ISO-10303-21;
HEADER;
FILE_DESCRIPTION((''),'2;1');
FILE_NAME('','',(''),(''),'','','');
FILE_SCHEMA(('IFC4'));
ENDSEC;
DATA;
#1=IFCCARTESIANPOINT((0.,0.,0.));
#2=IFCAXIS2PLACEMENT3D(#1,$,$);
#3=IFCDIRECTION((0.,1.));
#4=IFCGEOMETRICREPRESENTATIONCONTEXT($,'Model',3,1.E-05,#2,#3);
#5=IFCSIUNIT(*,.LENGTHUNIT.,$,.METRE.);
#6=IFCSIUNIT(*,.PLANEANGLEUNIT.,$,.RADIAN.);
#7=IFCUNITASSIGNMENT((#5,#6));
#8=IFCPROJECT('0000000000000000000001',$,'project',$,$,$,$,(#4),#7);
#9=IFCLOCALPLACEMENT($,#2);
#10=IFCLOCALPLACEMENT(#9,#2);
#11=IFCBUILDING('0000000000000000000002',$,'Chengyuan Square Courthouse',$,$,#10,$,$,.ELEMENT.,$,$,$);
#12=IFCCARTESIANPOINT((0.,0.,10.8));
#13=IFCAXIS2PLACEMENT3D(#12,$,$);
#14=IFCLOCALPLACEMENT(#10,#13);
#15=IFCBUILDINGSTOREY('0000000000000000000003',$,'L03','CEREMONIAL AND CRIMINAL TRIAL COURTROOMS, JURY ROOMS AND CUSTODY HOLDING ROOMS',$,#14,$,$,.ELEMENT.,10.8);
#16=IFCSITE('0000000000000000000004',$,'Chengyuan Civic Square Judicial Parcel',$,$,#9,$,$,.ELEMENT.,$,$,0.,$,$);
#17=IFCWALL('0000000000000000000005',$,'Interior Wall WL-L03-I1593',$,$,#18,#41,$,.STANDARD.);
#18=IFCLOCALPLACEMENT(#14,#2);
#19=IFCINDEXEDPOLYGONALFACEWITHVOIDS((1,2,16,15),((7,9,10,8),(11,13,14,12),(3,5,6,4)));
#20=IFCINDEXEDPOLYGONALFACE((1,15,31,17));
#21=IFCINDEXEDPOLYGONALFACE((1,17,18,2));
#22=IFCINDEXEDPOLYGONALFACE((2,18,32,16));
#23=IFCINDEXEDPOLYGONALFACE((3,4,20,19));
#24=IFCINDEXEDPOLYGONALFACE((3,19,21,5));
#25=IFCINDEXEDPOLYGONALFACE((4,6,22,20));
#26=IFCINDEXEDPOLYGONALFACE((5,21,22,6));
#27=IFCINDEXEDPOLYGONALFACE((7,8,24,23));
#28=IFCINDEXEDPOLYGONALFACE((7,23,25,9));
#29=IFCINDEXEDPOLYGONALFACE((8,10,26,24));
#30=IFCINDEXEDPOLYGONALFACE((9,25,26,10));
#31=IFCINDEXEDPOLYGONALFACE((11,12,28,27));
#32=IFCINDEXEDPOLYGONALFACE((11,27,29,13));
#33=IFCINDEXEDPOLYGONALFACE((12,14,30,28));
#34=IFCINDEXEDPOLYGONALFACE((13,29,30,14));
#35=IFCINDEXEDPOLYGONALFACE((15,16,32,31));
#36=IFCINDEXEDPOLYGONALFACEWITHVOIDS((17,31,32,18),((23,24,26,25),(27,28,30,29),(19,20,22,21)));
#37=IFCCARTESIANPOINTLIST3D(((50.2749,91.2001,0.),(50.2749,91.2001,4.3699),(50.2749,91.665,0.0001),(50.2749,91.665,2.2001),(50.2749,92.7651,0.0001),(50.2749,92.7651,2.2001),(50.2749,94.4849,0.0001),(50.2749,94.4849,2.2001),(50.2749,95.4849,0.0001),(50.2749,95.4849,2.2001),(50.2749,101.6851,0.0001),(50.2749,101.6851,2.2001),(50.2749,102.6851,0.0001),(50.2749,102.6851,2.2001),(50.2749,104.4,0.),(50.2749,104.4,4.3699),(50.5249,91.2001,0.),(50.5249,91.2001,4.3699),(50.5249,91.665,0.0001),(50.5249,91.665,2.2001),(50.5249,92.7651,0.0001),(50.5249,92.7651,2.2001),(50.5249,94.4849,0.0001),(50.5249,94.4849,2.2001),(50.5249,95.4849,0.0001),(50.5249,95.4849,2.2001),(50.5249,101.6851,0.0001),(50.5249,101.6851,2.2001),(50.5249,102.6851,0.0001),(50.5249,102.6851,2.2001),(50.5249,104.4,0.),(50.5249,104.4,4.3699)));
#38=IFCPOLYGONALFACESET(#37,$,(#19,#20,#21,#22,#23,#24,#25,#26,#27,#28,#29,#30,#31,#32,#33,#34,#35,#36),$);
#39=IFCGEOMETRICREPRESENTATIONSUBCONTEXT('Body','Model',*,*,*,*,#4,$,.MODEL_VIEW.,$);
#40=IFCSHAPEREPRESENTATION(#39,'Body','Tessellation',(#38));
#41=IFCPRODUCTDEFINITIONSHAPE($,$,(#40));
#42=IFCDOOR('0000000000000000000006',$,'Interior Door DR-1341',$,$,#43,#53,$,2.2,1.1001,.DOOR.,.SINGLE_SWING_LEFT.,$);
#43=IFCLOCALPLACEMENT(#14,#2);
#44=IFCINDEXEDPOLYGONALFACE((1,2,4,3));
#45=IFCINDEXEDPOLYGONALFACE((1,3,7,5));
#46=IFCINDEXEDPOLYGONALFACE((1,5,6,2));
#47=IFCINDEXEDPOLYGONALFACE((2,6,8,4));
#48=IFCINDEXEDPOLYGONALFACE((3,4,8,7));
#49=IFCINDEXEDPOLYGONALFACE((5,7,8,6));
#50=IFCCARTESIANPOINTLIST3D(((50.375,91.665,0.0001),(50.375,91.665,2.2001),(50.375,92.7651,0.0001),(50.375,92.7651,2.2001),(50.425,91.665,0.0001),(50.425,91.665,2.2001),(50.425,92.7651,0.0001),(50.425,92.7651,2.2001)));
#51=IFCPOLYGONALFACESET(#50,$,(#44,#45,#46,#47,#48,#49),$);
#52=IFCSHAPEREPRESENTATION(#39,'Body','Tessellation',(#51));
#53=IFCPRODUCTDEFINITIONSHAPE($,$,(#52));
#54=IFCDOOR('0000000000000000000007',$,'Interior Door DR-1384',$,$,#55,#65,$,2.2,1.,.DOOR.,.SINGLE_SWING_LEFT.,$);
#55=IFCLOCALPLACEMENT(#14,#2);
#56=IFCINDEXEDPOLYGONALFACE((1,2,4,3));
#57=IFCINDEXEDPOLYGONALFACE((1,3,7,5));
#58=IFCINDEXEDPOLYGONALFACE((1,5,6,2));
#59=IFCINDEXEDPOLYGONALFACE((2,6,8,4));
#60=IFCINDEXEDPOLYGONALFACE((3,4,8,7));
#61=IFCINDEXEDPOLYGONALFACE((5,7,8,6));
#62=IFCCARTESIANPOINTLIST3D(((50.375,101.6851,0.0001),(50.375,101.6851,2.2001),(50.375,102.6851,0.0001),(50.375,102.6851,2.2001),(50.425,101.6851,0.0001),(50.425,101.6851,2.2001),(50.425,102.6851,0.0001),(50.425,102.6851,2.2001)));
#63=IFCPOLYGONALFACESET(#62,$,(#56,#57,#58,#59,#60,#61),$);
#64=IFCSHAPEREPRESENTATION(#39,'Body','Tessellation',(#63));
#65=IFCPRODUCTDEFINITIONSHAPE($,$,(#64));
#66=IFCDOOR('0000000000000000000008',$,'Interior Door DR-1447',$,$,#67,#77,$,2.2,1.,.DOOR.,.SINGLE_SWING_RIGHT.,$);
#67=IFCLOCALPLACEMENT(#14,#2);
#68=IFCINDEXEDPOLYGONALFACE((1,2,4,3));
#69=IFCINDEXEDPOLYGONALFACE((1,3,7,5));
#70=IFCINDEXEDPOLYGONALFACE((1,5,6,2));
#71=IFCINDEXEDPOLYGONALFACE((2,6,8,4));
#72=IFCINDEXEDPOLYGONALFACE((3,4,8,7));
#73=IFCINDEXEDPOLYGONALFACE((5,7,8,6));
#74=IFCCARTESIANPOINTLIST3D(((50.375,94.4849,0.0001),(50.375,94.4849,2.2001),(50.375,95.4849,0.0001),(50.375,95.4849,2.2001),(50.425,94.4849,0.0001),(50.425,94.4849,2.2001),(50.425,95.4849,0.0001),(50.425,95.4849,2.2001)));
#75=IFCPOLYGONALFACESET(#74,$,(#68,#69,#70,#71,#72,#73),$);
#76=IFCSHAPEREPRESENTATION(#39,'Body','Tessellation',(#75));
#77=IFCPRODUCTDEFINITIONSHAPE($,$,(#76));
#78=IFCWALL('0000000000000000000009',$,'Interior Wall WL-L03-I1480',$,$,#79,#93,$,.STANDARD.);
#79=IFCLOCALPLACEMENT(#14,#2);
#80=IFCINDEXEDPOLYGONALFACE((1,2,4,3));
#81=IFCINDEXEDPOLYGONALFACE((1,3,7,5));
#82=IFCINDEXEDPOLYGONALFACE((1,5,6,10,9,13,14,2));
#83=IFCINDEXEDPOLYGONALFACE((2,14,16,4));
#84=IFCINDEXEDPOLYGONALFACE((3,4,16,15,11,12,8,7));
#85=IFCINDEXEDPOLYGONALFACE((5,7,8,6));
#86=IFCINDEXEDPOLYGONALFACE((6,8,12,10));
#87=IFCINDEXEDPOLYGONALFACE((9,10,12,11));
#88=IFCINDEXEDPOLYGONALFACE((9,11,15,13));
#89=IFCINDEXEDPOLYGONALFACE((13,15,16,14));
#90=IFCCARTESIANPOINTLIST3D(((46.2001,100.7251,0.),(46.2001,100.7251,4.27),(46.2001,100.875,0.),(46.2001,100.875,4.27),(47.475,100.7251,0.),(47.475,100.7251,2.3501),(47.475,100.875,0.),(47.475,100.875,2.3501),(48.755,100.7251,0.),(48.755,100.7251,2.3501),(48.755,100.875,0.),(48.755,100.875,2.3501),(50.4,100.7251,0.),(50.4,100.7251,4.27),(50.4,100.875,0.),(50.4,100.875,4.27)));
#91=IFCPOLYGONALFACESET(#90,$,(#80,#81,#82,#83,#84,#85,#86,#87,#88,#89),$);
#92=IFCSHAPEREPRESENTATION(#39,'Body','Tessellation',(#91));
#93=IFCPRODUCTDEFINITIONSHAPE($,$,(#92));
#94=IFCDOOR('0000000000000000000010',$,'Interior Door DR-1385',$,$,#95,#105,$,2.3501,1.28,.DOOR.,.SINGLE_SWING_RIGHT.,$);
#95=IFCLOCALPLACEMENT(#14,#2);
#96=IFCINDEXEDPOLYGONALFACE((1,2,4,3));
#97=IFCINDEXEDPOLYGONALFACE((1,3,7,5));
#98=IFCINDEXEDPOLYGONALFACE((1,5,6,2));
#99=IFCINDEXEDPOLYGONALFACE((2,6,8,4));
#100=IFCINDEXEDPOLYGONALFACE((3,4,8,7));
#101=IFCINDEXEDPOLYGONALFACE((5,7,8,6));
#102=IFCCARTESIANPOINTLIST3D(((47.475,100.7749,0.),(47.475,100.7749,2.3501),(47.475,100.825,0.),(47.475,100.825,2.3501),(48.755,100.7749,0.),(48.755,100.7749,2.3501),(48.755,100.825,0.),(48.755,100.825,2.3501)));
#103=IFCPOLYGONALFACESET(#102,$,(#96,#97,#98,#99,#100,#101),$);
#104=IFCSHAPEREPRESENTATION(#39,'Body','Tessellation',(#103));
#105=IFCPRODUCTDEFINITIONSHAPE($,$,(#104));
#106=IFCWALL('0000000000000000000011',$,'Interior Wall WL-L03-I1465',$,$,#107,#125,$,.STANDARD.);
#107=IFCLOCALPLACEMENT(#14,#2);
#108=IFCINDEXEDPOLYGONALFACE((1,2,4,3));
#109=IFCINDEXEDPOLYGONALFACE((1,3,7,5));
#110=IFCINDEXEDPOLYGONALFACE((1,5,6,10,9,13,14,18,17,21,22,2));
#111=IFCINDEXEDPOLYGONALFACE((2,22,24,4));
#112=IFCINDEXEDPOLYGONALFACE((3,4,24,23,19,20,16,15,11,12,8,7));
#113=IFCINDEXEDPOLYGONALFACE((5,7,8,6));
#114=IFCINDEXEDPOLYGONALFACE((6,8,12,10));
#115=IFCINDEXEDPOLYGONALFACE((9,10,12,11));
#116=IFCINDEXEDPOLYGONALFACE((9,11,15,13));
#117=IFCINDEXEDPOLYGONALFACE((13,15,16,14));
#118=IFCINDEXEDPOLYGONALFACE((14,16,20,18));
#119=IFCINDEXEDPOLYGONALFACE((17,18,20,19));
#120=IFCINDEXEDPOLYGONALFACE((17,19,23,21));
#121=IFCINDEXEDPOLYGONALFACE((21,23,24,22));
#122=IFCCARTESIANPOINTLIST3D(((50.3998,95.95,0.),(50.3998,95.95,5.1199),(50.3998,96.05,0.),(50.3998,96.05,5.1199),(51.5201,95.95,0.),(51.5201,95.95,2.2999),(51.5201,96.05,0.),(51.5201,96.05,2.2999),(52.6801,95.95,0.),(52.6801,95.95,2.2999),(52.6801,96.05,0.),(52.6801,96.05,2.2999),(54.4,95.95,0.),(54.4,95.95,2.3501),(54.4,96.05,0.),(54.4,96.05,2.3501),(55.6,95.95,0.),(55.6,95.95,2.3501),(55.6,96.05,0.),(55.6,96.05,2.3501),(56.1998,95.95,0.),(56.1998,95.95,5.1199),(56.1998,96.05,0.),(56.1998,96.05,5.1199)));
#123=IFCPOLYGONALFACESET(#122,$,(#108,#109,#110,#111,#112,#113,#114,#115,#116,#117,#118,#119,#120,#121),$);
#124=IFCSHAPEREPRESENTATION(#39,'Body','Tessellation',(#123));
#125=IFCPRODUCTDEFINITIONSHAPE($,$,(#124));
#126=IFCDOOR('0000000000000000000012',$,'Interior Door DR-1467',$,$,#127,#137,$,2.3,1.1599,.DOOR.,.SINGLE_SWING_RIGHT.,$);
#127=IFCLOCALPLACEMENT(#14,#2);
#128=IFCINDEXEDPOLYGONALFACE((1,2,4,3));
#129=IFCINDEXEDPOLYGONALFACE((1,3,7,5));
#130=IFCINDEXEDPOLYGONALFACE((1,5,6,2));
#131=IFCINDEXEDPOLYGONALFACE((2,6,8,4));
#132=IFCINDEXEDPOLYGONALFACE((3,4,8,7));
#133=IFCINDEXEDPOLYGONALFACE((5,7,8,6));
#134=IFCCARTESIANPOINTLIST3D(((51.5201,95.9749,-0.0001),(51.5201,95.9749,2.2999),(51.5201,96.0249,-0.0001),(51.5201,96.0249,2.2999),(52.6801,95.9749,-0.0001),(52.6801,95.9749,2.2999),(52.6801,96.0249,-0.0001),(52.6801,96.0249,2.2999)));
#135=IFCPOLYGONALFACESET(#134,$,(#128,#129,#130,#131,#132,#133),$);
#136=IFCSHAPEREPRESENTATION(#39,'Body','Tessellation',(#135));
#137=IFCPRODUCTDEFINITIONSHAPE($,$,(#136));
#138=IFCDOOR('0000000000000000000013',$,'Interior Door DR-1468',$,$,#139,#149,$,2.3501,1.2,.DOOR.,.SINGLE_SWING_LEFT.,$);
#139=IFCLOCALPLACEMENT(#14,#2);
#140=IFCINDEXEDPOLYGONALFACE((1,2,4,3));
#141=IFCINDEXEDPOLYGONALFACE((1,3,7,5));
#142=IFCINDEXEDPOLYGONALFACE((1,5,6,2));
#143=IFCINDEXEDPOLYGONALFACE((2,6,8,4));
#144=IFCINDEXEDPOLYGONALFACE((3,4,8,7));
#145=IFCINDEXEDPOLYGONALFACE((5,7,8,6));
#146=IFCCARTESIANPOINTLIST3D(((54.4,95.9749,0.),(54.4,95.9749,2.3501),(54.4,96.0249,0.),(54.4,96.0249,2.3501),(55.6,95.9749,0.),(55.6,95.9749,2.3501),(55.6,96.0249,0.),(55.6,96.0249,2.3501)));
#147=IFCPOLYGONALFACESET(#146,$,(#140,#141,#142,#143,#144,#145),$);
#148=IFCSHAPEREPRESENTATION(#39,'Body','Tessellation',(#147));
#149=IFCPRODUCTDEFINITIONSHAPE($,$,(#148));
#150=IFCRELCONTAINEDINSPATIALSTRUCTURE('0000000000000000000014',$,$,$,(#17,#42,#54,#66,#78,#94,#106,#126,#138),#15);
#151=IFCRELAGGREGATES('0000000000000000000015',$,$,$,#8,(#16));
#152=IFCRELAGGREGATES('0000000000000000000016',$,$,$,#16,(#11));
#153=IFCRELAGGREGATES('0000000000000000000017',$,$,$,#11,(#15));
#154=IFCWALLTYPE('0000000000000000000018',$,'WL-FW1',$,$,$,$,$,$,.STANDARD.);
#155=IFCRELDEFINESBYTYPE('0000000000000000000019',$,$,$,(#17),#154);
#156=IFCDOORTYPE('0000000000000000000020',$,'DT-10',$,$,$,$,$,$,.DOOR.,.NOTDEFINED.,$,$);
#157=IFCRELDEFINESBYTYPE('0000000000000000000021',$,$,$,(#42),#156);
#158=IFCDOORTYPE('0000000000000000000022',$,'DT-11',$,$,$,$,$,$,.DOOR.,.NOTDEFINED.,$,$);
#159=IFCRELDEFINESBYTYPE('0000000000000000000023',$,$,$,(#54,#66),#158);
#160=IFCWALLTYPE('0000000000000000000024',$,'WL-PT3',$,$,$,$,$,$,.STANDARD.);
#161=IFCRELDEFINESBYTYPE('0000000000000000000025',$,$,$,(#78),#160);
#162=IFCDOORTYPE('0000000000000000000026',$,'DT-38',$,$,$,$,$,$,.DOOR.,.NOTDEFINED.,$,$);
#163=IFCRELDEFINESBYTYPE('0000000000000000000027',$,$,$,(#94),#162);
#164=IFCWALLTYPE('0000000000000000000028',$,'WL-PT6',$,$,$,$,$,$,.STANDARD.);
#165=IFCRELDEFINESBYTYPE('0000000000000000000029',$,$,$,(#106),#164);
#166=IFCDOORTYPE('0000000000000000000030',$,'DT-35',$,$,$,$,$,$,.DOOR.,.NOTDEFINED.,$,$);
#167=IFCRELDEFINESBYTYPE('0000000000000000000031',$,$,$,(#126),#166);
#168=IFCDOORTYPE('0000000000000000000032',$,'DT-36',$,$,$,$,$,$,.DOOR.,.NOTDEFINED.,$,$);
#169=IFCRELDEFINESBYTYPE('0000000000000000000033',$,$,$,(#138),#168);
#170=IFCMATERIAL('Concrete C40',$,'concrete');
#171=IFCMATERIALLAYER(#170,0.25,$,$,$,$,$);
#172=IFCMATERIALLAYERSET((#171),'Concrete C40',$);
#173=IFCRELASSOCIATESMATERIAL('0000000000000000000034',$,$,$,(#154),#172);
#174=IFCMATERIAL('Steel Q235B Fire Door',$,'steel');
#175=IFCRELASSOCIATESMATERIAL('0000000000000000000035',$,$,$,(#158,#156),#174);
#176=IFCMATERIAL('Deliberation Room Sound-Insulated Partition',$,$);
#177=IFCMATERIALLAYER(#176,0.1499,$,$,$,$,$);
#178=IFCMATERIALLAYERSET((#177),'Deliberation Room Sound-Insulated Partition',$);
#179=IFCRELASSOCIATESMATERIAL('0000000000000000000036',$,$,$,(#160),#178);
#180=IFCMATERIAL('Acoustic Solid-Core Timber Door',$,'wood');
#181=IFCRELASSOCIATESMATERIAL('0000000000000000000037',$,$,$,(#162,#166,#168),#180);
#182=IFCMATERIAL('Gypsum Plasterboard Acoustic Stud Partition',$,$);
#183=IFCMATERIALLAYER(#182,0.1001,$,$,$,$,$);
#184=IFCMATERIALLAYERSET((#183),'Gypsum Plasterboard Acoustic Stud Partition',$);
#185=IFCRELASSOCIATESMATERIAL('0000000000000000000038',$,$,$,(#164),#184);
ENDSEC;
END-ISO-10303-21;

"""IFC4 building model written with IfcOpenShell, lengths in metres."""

from ifc_helpers import new_model, si_unit, direction, frame, frame_2d, origin, place, context, subcontext, project, spatial, rectangle, extrude, material, layer, layer_set, type_object, element, fill, save


model = new_model("IFC4")

# Units and contexts
model_context = context("Model", 3, precision=1e-05, world=origin(), true_north=direction((0.0, 1.0)))
body_context = subcontext(model_context, "Body", "Model", "MODEL_VIEW")
ifc_project = project(units=[si_unit("LENGTHUNIT", "METRE"), si_unit("PLANEANGLEUNIT", "RADIAN")], contexts=[model_context])

# Site, building, storey
site_placement = place(None, origin())
site = spatial("IfcSite", under=ifc_project, at=site_placement, Name="Chengyuan Civic Square Judicial Parcel", CompositionType="ELEMENT", RefElevation=0.0)
building_placement = place(site_placement, origin())
building = spatial("IfcBuilding", under=site, at=building_placement, Name="Chengyuan Square Courthouse", CompositionType="ELEMENT")
storey_placement = place(building_placement, frame((0.0, 0.0, 10.8)))
storey = spatial("IfcBuildingStorey", under=building, at=storey_placement, Name="L03", Description="CEREMONIAL AND CRIMINAL TRIAL COURTROOMS, JURY ROOMS AND CUSTODY HOLDING ROOMS", CompositionType="ELEMENT", Elevation=10.8)

# Shared definitions
ifc_material_1 = material(Name="Concrete C40", Category="concrete")

# Shared definitions
ifc_layer_1 = layer(ifc_material_1, 0.25)
ifc_layer_set_1 = layer_set([ifc_layer_1], Name="Concrete C40")
wall_type_1 = type_object("IfcWallType", Name="WL-FW1", PredefinedType="STANDARD", material=ifc_layer_set_1)
ifc_material_2 = material(Name="Steel Q235B Fire Door", Category="steel")
door_type_1 = type_object("IfcDoorType", Name="DT-11", OperationType="NOTDEFINED", PredefinedType="DOOR", material=ifc_material_2)

# Wall, openings, doors
wall_1_placement = place(storey_placement, frame((50.3999, 91.2, 0.0), z_axis=(0.0, 0.0, 1.0), x_axis=(0.0, 1.0, 0.0)))
wall_1 = element("IfcWall", 1, at=wall_1_placement, inside=storey, type_object=wall_type_1, Name="Interior Wall WL-L03-I1593", PredefinedType="STANDARD", context=body_context, shape_type="SweptSolid", body=[
    extrude(rectangle(XDim=13.2, YDim=0.25, at=frame_2d((6.6001, 0.0))), origin(), (0.0, 0.0, 1.0), 4.3699),
])
opening_1_placement = place(wall_1_placement, frame((0.4651, 0.0, 0.0)))
opening_1 = element("IfcOpeningElement", 2, at=opening_1_placement, cuts=wall_1, PredefinedType="OPENING", context=body_context, shape_type="SweptSolid", body=[
    extrude(rectangle(XDim=1.1001, YDim=2.2, at=frame_2d((0.55, 1.1001))), frame((0.0, 0.137, 0.0), z_axis=(0.0, -1.0, 0.0), x_axis=(1.0, 0.0, 0.0)), (0.0, 0.0, 1.0), 0.2739),
])
opening_2_placement = place(wall_1_placement, frame((10.4851, 0.0, 0.0)))
opening_2 = element("IfcOpeningElement", 3, at=opening_2_placement, cuts=wall_1, PredefinedType="OPENING", context=body_context, shape_type="SweptSolid", body=[
    extrude(rectangle(XDim=1.0, YDim=2.2, at=frame_2d((0.5, 1.1001))), frame((0.0, 0.137, 0.0), z_axis=(0.0, -1.0, 0.0), x_axis=(1.0, 0.0, 0.0)), (0.0, 0.0, 1.0), 0.2739),
])
opening_3_placement = place(wall_1_placement, frame((3.2849, 0.0, 0.0)))
opening_3 = element("IfcOpeningElement", 4, at=opening_3_placement, cuts=wall_1, PredefinedType="OPENING", context=body_context, shape_type="SweptSolid", body=[
    extrude(rectangle(XDim=1.0, YDim=2.2, at=frame_2d((0.5, 1.1001))), frame((0.0, 0.137, 0.0), z_axis=(0.0, -1.0, 0.0), x_axis=(1.0, 0.0, 0.0)), (0.0, 0.0, 1.0), 0.2739),
])
door_type_2 = type_object("IfcDoorType", Name="DT-10", OperationType="NOTDEFINED", PredefinedType="DOOR", material=ifc_material_2)
door_1_placement = place(opening_1_placement, origin())
door_1 = element("IfcDoor", 5, at=door_1_placement, inside=storey, type_object=door_type_2, Name="Interior Door DR-1341", OperationType="SINGLE_SWING_LEFT", OverallHeight=2.2, OverallWidth=1.1001, PredefinedType="DOOR", context=body_context, shape_type="SweptSolid", body=[
    extrude(rectangle(XDim=1.1001, YDim=2.2, at=frame_2d((0.55, 1.1001))), frame((0.0, 0.0249, 0.0), z_axis=(0.0, -1.0, 0.0), x_axis=(1.0, 0.0, 0.0)), (0.0, 0.0, 1.0), 0.05),
])
fill(opening_1, door_1)
door_2_placement = place(opening_2_placement, origin())
door_2 = element("IfcDoor", 6, at=door_2_placement, inside=storey, type_object=door_type_1, Name="Interior Door DR-1384", OperationType="SINGLE_SWING_LEFT", OverallHeight=2.2, OverallWidth=1.0, PredefinedType="DOOR", context=body_context, shape_type="SweptSolid", body=[
    extrude(rectangle(XDim=1.0, YDim=2.2, at=frame_2d((0.5, 1.1001))), frame((0.0, 0.0249, 0.0), z_axis=(0.0, -1.0, 0.0), x_axis=(1.0, 0.0, 0.0)), (0.0, 0.0, 1.0), 0.05),
])
fill(opening_2, door_2)
door_3_placement = place(opening_3_placement, origin())
door_3 = element("IfcDoor", 7, at=door_3_placement, inside=storey, type_object=door_type_1, Name="Interior Door DR-1447", OperationType="SINGLE_SWING_RIGHT", OverallHeight=2.2, OverallWidth=1.0, PredefinedType="DOOR", context=body_context, shape_type="SweptSolid", body=[
    extrude(rectangle(XDim=1.0, YDim=2.2, at=frame_2d((0.5, 1.1001))), frame((0.0, 0.0249, 0.0), z_axis=(0.0, -1.0, 0.0), x_axis=(1.0, 0.0, 0.0)), (0.0, 0.0, 1.0), 0.05),
])
fill(opening_3, door_3)

# Wall, opening, door
ifc_material_3 = material(Name="Deliberation Room Sound-Insulated Partition")
ifc_layer_2 = layer(ifc_material_3, 0.1499)
ifc_layer_set_2 = layer_set([ifc_layer_2], Name="Deliberation Room Sound-Insulated Partition")
wall_type_2 = type_object("IfcWallType", Name="WL-PT3", PredefinedType="STANDARD", material=ifc_layer_set_2)
wall_2_placement = place(storey_placement, frame((46.2, 100.8, 0.0), z_axis=(0.0, 0.0, 1.0), x_axis=(1.0, 0.0, 0.0)))
wall_2 = element("IfcWall", 8, at=wall_2_placement, inside=storey, type_object=wall_type_2, Name="Interior Wall WL-L03-I1480", PredefinedType="STANDARD", context=body_context, shape_type="SweptSolid", body=[
    extrude(rectangle(XDim=4.2, YDim=0.1499, at=frame_2d((2.1001, 0.0))), origin(), (0.0, 0.0, 1.0), 4.27),
])
opening_4_placement = place(wall_2_placement, frame((1.2749, 0.0, 0.0)))
opening_4 = element("IfcOpeningElement", 9, at=opening_4_placement, cuts=wall_2, PredefinedType="OPENING", context=body_context, shape_type="SweptSolid", body=[
    extrude(rectangle(XDim=1.28, YDim=2.3501, at=frame_2d((0.6401, 1.175))), frame((0.0, 0.0869, 0.0), z_axis=(0.0, -1.0, 0.0), x_axis=(1.0, 0.0, 0.0)), (0.0, 0.0, 1.0), 0.1738),
])
ifc_material_4 = material(Name="Acoustic Solid-Core Timber Door", Category="wood")
door_type_3 = type_object("IfcDoorType", Name="DT-38", OperationType="NOTDEFINED", PredefinedType="DOOR", material=ifc_material_4)
door_4_placement = place(opening_4_placement, origin())
door_4 = element("IfcDoor", 10, at=door_4_placement, inside=storey, type_object=door_type_3, Name="Interior Door DR-1385", OperationType="SINGLE_SWING_RIGHT", OverallHeight=2.3501, OverallWidth=1.28, PredefinedType="DOOR", context=body_context, shape_type="SweptSolid", body=[
    extrude(rectangle(XDim=1.28, YDim=2.3501, at=frame_2d((0.6401, 1.175))), frame((0.0, 0.0249, 0.0), z_axis=(0.0, -1.0, 0.0), x_axis=(1.0, 0.0, 0.0)), (0.0, 0.0, 1.0), 0.05),
])
fill(opening_4, door_4)

# Wall, openings, doors
ifc_material_5 = material(Name="Gypsum Plasterboard Acoustic Stud Partition")
ifc_layer_3 = layer(ifc_material_5, 0.1001)
ifc_layer_set_3 = layer_set([ifc_layer_3], Name="Gypsum Plasterboard Acoustic Stud Partition")
wall_type_3 = type_object("IfcWallType", Name="WL-PT6", PredefinedType="STANDARD", material=ifc_layer_set_3)
wall_3_placement = place(storey_placement, frame((50.3999, 96.0, 0.0), z_axis=(0.0, 0.0, 1.0), x_axis=(1.0, 0.0, 0.0)))
wall_3 = element("IfcWall", 11, at=wall_3_placement, inside=storey, type_object=wall_type_3, Name="Interior Wall WL-L03-I1465", PredefinedType="STANDARD", context=body_context, shape_type="SweptSolid", body=[
    extrude(rectangle(XDim=5.8, YDim=0.1001, at=frame_2d((2.8999, 0.0))), origin(), (0.0, 0.0, 1.0), 5.1199),
])
opening_5_placement = place(wall_3_placement, frame((1.1201, 0.0, 0.0)))
opening_5 = element("IfcOpeningElement", 12, at=opening_5_placement, cuts=wall_3, PredefinedType="OPENING", context=body_context, shape_type="SweptSolid", body=[
    extrude(rectangle(XDim=1.1599, YDim=2.3, at=frame_2d((0.5801, 1.1499))), frame((0.0, 0.062, 0.0), z_axis=(0.0, -1.0, 0.0), x_axis=(1.0, 0.0, 0.0)), (0.0, 0.0, 1.0), 0.124),
])
opening_6_placement = place(wall_3_placement, frame((4.0, 0.0, 0.0)))
opening_6 = element("IfcOpeningElement", 13, at=opening_6_placement, cuts=wall_3, PredefinedType="OPENING", context=body_context, shape_type="SweptSolid", body=[
    extrude(rectangle(XDim=1.2, YDim=2.3501, at=frame_2d((0.6001, 1.175))), frame((0.0, 0.062, 0.0), z_axis=(0.0, -1.0, 0.0), x_axis=(1.0, 0.0, 0.0)), (0.0, 0.0, 1.0), 0.124),
])
door_type_4 = type_object("IfcDoorType", Name="DT-35", OperationType="NOTDEFINED", PredefinedType="DOOR", material=ifc_material_4)
door_5_placement = place(opening_5_placement, origin())
door_5 = element("IfcDoor", 14, at=door_5_placement, inside=storey, type_object=door_type_4, Name="Interior Door DR-1467", OperationType="SINGLE_SWING_RIGHT", OverallHeight=2.3, OverallWidth=1.1599, PredefinedType="DOOR", context=body_context, shape_type="SweptSolid", body=[
    extrude(rectangle(XDim=1.1599, YDim=2.3, at=frame_2d((0.5801, 1.1499))), frame((0.0, 0.0249, 0.0), z_axis=(0.0, -1.0, 0.0), x_axis=(1.0, 0.0, 0.0)), (0.0, 0.0, 1.0), 0.05),
])
fill(opening_5, door_5)
door_type_5 = type_object("IfcDoorType", Name="DT-36", OperationType="NOTDEFINED", PredefinedType="DOOR", material=ifc_material_4)
door_6_placement = place(opening_6_placement, origin())
door_6 = element("IfcDoor", 15, at=door_6_placement, inside=storey, type_object=door_type_5, Name="Interior Door DR-1468", OperationType="SINGLE_SWING_LEFT", OverallHeight=2.3501, OverallWidth=1.2, PredefinedType="DOOR", context=body_context, shape_type="SweptSolid", body=[
    extrude(rectangle(XDim=1.2, YDim=2.3501, at=frame_2d((0.6001, 1.175))), frame((0.0, 0.0249, 0.0), z_axis=(0.0, -1.0, 0.0), x_axis=(1.0, 0.0, 0.0)), (0.0, 0.0, 1.0), 0.05),
])
fill(opening_6, door_6)

save(model, "model.ifc")
